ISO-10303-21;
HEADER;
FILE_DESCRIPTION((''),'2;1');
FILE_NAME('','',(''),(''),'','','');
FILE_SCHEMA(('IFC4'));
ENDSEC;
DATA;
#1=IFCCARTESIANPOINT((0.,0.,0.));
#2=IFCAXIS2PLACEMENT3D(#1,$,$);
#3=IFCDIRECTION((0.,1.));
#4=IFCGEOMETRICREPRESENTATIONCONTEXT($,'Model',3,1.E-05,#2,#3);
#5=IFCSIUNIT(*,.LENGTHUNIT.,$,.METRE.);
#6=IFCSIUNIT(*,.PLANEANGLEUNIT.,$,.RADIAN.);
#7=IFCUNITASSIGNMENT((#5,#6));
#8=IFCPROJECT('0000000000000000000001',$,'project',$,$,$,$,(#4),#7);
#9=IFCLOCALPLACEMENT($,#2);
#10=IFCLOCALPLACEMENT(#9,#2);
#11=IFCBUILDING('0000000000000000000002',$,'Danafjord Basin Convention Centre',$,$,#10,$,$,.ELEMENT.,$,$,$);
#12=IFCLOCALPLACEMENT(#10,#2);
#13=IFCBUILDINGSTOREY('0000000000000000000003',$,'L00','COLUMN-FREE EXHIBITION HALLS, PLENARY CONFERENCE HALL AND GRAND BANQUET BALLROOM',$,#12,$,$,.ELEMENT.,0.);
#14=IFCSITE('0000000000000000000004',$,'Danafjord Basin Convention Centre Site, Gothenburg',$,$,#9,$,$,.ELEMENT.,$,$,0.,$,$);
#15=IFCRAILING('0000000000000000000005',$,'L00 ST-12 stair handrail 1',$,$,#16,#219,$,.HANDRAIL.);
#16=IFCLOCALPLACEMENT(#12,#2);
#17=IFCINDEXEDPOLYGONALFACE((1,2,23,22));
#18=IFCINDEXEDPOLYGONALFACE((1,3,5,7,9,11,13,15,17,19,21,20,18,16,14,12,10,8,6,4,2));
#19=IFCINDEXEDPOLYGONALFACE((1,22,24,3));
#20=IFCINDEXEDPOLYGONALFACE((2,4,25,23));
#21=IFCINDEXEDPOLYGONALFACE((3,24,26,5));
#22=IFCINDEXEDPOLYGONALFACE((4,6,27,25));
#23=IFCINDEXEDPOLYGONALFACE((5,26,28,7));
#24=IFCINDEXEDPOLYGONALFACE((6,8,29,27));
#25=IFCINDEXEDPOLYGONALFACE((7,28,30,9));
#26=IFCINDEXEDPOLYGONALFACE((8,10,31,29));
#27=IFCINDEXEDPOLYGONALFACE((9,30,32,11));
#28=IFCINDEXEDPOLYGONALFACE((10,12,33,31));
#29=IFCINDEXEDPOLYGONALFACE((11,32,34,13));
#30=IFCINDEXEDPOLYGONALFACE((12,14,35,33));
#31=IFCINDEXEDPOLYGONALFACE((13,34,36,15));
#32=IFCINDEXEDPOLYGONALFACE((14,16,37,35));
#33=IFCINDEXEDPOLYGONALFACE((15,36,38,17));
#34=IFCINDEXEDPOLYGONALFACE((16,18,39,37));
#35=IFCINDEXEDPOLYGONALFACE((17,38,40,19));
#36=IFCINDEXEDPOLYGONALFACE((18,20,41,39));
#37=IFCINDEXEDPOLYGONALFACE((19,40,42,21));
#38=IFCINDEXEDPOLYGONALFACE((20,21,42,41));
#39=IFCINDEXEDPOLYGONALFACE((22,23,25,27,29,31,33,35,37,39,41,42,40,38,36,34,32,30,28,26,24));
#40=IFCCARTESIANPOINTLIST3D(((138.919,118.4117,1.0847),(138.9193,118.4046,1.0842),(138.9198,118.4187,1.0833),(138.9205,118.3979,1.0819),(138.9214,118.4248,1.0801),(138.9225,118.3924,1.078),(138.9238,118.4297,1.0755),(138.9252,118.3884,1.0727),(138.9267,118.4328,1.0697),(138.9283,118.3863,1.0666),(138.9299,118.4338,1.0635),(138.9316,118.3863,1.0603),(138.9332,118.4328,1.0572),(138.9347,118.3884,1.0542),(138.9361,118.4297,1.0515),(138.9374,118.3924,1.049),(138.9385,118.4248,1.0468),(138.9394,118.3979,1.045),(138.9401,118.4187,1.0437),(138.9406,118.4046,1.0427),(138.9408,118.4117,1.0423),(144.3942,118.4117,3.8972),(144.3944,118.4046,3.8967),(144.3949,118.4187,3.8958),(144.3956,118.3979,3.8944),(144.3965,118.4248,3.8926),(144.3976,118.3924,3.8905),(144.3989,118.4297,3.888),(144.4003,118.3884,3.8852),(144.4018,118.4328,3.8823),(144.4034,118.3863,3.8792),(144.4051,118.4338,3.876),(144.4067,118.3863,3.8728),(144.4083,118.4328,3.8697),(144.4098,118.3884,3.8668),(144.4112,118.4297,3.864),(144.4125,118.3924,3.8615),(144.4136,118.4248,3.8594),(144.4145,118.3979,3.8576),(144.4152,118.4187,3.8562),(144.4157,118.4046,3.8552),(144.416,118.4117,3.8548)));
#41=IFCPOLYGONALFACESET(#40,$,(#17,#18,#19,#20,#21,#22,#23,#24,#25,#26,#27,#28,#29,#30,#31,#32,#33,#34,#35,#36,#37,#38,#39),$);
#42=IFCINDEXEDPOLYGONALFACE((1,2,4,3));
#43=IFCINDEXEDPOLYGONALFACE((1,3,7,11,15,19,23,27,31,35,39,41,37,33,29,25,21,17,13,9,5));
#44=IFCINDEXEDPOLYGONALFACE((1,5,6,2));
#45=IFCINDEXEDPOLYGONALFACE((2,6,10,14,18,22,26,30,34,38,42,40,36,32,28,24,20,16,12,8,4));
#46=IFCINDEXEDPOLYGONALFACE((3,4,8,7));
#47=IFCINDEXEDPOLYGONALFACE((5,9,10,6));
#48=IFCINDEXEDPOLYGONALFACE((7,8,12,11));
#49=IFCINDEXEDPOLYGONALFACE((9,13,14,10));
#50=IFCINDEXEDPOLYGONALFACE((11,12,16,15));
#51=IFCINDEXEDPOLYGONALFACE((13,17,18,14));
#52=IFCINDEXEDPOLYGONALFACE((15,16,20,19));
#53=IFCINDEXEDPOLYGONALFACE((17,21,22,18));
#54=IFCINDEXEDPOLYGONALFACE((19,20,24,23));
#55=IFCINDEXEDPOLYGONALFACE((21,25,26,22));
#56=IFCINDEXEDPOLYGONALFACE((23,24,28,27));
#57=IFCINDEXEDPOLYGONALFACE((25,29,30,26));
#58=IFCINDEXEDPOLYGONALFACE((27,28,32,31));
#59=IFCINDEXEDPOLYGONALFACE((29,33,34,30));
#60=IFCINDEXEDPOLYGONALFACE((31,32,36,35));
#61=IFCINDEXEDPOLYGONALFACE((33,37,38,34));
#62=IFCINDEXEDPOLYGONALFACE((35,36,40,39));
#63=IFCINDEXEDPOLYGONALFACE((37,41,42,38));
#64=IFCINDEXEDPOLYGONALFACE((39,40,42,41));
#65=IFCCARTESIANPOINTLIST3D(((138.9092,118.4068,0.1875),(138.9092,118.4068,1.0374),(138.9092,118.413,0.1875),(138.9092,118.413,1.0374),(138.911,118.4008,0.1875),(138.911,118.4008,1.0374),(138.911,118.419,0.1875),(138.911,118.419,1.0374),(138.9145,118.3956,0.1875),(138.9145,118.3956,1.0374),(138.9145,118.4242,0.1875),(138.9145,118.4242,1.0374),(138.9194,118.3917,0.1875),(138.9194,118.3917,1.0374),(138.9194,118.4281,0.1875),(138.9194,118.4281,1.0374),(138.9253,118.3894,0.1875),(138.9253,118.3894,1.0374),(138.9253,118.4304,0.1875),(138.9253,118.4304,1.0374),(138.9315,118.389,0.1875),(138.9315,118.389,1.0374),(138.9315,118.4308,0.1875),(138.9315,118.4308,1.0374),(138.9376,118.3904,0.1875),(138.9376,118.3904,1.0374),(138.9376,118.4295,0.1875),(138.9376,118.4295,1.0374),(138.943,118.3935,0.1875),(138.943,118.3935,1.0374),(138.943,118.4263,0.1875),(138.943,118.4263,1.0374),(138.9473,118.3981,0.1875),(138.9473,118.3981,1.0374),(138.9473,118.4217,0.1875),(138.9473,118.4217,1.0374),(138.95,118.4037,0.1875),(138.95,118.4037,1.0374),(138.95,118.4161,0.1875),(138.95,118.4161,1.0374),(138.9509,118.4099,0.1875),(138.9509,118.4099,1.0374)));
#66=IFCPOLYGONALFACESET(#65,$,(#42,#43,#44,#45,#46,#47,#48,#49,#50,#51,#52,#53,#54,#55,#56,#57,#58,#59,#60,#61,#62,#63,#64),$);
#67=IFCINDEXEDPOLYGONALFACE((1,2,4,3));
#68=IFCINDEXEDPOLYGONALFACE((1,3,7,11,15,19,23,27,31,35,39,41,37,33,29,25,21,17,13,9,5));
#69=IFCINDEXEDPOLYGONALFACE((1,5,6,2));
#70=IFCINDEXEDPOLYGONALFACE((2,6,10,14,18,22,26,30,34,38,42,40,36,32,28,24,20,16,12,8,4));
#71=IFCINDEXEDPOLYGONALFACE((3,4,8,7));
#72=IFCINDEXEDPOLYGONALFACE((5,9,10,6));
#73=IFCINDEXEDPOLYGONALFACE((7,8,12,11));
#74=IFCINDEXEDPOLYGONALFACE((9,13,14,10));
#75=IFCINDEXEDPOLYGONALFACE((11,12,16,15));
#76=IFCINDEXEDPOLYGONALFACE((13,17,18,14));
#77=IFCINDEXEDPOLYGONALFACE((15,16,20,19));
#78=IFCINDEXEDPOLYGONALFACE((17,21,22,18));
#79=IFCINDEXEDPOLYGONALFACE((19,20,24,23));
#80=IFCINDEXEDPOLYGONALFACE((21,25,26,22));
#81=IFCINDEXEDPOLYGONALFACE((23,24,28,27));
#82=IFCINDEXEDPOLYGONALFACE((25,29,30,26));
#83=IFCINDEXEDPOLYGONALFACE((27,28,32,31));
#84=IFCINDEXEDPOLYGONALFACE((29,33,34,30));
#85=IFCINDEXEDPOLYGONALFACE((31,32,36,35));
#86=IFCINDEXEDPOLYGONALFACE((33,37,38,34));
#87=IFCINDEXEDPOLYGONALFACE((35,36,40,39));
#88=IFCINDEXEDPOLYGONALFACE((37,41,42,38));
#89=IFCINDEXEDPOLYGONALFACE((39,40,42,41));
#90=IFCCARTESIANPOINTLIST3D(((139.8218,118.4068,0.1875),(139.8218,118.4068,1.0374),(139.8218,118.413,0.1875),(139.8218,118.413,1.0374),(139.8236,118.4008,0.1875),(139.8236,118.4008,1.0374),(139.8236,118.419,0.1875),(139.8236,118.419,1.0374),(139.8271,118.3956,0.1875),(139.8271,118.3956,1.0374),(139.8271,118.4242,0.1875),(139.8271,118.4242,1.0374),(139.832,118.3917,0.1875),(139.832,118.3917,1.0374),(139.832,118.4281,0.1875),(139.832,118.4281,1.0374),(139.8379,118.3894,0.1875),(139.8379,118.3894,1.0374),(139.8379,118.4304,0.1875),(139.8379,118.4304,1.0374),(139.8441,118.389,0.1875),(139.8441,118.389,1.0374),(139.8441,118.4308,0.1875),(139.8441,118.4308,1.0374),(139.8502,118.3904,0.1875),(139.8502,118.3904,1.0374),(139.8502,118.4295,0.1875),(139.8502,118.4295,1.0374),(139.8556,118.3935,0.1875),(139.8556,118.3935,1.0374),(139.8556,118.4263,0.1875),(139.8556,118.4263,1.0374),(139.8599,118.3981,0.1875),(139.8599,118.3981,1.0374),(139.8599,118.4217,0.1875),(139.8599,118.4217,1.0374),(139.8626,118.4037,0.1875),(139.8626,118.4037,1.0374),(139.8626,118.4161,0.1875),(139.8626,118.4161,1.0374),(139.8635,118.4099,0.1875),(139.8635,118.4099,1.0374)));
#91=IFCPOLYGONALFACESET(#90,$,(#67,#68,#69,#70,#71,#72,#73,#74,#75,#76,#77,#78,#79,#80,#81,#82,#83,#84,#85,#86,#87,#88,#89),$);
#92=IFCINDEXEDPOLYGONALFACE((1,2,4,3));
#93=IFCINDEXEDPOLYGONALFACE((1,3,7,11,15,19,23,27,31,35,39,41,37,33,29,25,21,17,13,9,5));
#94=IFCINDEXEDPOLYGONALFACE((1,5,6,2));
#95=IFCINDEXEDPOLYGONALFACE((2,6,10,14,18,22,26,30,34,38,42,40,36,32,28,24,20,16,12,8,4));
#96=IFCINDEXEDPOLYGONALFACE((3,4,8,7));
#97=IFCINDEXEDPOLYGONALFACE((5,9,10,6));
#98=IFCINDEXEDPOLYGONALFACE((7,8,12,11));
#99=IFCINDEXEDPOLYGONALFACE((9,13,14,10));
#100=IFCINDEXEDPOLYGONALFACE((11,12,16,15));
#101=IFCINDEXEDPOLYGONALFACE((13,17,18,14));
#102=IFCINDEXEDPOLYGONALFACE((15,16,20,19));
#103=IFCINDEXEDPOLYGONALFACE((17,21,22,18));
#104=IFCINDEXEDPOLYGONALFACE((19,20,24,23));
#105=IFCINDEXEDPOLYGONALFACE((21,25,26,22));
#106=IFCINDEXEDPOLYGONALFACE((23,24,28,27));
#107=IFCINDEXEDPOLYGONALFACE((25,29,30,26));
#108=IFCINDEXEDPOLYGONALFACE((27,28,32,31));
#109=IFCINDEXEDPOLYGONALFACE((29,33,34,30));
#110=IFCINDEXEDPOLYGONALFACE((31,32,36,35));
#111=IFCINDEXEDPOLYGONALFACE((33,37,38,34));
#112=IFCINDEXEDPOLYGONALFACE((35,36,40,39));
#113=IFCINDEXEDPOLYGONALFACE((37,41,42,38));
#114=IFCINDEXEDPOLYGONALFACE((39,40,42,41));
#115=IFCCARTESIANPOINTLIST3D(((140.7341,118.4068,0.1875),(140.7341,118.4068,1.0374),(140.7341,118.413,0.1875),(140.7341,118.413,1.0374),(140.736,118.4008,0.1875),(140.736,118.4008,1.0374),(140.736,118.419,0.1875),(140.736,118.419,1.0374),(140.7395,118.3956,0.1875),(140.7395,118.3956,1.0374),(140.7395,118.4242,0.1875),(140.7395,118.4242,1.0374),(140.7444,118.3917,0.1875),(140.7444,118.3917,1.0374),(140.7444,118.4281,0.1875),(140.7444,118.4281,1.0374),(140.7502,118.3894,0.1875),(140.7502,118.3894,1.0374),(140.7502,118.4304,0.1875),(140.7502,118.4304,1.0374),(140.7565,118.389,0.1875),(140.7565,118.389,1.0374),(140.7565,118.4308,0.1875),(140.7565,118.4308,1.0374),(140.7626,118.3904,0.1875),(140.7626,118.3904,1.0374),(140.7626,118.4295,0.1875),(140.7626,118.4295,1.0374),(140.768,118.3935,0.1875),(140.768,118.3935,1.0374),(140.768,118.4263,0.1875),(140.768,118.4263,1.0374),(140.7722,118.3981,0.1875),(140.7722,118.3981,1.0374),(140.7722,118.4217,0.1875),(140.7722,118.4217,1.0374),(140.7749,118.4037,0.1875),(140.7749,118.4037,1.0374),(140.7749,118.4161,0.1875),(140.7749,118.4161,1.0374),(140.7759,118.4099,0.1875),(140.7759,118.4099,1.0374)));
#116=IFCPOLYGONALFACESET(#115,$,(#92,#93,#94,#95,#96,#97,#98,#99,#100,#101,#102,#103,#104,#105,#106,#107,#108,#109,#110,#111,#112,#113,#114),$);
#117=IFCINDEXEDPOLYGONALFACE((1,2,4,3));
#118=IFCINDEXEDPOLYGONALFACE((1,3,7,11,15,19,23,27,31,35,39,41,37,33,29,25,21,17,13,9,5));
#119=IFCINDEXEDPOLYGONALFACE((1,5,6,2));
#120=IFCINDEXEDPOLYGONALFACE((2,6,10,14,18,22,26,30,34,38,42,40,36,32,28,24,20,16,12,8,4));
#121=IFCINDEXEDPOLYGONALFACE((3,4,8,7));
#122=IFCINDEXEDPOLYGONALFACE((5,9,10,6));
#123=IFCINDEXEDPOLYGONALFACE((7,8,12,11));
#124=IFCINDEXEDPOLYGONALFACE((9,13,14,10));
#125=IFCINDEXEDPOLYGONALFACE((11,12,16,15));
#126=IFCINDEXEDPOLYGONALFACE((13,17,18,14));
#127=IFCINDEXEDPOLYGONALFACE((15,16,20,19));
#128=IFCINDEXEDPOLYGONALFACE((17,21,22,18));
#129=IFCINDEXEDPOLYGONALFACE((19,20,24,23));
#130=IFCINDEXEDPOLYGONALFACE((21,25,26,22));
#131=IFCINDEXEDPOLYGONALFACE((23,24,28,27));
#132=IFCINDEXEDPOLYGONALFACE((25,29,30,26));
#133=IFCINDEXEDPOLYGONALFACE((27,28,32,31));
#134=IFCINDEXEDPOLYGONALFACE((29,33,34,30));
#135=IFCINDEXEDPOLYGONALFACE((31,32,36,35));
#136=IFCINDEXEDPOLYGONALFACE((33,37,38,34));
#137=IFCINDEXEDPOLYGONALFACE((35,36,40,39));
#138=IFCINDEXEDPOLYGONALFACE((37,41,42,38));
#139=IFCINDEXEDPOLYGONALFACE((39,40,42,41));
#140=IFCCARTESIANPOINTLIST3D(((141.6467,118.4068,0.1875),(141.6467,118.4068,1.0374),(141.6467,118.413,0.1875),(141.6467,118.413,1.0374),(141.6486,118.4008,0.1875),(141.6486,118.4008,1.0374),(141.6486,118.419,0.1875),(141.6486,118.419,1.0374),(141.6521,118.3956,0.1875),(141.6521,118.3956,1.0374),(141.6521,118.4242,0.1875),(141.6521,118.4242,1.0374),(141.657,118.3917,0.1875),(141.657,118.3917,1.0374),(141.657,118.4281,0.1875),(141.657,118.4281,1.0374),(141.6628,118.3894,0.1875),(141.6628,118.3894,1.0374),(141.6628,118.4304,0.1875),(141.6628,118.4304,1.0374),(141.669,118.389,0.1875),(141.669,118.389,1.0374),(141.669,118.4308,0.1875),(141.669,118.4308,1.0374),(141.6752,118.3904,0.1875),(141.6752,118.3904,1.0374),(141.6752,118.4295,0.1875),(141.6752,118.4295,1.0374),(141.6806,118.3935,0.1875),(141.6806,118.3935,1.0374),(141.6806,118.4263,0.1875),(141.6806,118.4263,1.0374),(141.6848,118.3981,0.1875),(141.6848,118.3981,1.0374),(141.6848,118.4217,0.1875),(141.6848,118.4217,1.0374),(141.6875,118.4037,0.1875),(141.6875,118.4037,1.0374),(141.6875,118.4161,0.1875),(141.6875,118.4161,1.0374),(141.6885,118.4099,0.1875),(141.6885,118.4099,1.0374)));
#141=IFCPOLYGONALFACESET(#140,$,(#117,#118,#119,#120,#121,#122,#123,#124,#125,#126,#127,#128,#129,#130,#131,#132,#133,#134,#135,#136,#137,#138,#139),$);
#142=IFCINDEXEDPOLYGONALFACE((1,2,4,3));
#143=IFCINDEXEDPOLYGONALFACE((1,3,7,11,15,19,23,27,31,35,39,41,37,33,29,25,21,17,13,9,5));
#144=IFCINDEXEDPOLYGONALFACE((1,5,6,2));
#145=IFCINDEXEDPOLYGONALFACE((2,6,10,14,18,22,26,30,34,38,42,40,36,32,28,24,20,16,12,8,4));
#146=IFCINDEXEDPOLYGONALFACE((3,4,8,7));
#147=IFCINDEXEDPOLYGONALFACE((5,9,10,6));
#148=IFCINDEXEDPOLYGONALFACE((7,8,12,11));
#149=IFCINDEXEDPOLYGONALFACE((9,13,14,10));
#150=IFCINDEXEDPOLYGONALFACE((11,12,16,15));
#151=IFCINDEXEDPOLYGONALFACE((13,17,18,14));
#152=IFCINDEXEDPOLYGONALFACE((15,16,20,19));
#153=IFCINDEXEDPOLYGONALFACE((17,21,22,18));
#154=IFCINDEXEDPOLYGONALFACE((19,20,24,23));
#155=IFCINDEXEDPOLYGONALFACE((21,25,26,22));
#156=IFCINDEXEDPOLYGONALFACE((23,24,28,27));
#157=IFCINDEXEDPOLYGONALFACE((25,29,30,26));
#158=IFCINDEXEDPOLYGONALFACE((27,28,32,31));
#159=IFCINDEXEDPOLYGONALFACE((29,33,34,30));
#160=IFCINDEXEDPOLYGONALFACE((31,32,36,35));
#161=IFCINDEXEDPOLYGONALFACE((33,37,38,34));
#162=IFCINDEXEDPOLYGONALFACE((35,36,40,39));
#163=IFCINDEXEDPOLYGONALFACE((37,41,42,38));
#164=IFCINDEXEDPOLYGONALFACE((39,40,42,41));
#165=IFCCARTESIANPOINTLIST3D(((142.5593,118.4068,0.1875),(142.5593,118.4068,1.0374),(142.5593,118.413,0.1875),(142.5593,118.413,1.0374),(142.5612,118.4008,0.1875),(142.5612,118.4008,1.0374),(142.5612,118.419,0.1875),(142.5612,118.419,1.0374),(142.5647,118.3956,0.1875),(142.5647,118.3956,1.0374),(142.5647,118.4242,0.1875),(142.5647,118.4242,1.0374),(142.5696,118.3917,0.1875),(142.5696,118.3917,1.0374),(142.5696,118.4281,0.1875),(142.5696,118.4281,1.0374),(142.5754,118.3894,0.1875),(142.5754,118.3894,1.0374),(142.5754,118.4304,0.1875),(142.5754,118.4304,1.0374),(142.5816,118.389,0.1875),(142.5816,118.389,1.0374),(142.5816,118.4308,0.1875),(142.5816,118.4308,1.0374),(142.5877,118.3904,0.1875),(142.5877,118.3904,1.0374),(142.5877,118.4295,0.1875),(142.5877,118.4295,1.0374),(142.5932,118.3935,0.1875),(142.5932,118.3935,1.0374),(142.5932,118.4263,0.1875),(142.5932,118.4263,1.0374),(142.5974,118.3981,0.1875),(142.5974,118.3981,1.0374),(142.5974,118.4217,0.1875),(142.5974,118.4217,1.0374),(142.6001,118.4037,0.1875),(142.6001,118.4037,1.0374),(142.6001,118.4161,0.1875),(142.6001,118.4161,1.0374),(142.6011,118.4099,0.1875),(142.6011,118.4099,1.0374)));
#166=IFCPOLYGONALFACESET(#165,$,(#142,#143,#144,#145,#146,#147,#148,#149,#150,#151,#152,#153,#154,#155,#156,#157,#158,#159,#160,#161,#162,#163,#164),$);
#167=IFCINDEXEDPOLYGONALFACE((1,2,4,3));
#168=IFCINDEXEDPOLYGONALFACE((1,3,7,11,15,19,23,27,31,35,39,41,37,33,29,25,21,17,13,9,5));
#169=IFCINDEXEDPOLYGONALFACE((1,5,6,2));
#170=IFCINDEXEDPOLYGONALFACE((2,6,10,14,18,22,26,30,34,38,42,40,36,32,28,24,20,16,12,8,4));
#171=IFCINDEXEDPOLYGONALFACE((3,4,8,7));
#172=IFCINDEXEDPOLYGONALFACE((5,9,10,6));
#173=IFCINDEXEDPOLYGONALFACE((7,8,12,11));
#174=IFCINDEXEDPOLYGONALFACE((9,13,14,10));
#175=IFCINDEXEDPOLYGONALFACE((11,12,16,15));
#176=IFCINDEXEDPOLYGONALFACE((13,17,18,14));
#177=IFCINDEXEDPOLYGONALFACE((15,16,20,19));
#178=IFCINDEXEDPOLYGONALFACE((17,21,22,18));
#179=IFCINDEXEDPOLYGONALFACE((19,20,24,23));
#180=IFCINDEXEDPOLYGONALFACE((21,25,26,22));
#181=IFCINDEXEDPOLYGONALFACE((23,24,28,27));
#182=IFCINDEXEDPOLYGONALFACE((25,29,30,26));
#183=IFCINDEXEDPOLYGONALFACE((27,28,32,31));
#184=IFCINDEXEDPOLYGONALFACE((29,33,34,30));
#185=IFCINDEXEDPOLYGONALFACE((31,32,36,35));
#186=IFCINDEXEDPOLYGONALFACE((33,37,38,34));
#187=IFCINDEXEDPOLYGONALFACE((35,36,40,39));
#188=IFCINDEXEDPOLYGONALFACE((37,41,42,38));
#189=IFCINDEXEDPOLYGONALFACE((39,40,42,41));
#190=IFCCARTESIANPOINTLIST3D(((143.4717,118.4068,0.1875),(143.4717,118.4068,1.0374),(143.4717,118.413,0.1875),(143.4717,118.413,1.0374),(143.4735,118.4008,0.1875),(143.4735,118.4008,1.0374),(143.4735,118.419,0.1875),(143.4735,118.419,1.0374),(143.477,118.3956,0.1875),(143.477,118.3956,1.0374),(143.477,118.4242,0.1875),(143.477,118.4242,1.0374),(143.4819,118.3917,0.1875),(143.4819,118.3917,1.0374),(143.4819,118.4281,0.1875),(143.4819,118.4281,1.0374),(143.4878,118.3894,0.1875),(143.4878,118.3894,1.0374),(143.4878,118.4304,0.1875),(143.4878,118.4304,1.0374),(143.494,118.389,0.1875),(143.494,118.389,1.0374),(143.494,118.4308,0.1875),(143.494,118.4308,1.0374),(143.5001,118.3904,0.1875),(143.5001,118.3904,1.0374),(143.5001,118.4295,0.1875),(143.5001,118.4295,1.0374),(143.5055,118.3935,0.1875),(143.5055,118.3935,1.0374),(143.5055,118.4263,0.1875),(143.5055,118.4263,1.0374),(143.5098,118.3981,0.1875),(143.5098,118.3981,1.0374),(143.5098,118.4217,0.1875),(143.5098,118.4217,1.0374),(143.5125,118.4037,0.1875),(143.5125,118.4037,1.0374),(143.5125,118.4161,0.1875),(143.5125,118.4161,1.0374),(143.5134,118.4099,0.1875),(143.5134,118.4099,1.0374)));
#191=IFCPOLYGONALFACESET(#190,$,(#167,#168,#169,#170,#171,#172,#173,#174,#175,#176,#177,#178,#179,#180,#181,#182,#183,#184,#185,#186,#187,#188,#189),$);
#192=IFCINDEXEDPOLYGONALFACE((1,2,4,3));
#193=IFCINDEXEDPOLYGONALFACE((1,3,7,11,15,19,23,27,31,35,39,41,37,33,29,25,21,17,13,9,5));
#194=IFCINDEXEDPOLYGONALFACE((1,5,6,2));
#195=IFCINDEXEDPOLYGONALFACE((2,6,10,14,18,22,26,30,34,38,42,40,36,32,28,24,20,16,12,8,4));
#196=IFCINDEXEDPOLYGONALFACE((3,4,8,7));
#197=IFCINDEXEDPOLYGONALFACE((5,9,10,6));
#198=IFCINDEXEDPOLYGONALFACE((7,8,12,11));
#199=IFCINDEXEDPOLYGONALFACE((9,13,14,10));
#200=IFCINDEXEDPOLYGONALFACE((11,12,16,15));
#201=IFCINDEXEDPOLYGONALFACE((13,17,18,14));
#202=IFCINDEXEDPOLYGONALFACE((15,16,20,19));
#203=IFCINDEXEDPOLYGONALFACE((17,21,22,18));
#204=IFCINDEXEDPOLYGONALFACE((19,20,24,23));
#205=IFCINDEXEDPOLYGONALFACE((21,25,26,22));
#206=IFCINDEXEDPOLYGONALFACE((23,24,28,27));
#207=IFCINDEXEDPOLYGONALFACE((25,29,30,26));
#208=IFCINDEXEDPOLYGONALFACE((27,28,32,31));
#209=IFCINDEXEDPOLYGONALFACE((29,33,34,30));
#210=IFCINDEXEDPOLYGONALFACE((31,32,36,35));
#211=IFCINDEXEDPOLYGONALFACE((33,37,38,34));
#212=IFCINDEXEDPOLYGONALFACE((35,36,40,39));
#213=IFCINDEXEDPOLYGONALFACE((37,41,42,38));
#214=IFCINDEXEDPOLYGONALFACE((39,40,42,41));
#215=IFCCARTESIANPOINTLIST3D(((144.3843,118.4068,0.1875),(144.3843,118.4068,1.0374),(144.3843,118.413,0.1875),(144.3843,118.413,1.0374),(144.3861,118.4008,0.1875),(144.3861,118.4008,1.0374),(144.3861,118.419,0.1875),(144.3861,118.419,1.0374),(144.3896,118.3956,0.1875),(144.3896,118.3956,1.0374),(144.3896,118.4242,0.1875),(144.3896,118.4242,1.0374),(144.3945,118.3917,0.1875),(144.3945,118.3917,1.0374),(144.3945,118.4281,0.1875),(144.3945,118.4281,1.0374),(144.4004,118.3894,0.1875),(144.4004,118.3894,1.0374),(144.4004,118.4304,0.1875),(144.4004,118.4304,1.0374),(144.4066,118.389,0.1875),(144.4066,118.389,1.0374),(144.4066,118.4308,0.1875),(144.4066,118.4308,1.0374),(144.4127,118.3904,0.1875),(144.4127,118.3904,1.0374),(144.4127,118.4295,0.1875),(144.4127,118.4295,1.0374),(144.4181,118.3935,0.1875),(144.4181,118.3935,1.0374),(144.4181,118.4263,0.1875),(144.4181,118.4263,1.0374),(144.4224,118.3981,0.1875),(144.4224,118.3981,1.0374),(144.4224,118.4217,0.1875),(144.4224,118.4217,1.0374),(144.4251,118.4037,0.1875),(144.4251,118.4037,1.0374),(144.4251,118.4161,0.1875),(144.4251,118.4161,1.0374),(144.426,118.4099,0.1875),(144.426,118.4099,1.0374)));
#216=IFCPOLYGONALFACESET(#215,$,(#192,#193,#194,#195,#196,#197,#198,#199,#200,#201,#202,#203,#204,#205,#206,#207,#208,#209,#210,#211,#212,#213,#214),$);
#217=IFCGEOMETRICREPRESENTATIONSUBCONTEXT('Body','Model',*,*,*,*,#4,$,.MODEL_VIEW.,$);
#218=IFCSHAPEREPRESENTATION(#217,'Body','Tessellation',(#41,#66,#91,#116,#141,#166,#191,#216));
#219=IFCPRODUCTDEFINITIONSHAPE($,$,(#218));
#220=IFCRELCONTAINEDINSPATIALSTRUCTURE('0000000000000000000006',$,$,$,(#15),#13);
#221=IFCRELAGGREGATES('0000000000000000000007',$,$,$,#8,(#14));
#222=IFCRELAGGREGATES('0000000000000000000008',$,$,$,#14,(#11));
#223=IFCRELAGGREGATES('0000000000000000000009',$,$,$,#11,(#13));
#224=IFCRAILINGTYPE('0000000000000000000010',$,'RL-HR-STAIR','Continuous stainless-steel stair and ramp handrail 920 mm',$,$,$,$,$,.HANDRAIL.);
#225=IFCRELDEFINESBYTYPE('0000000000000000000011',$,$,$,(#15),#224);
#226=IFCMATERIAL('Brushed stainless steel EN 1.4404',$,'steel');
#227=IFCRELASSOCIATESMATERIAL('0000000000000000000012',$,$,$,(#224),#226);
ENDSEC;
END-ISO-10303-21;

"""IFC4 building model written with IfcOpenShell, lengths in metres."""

from ifc_helpers import new_model, si_unit, direction, frame, origin, origin_2d, place, context, subcontext, project, spatial, circle, extrude, material, type_object, element, save


model = new_model("IFC4")

# Units and contexts
model_context = context("Model", 3, precision=1e-05, world=origin(), true_north=direction((0.0, 1.0)))
body_context = subcontext(model_context, "Body", "Model", "MODEL_VIEW")
ifc_project = project(units=[si_unit("LENGTHUNIT", "METRE"), si_unit("PLANEANGLEUNIT", "RADIAN")], contexts=[model_context])

# Site, building, storey
site_placement = place(None, origin())
site = spatial("IfcSite", under=ifc_project, at=site_placement, Name="Danafjord Basin Convention Centre Site, Gothenburg", CompositionType="ELEMENT", RefElevation=0.0)
building_placement = place(site_placement, origin())
building = spatial("IfcBuilding", under=site, at=building_placement, Name="Danafjord Basin Convention Centre", CompositionType="ELEMENT")
storey_placement = place(building_placement, origin())
storey = spatial("IfcBuildingStorey", under=building, at=storey_placement, Name="L00", Description="COLUMN-FREE EXHIBITION HALLS, PLENARY CONFERENCE HALL AND GRAND BANQUET BALLROOM", CompositionType="ELEMENT", Elevation=0.0)

# Railing
ifc_material_1 = material(Name="Brushed stainless steel EN 1.4404", Category="steel")
railing_type_1 = type_object("IfcRailingType", Name="RL-HR-STAIR", Description="Continuous stainless-steel stair and ramp handrail 920 mm", PredefinedType="HANDRAIL", material=ifc_material_1)
railing_1_placement = place(storey_placement, frame((138.9299, 118.4099, 0.1875)))
element("IfcRailing", 1, at=railing_1_placement, inside=storey, type_object=railing_type_1, Name="L00 ST-12 stair handrail 1", PredefinedType="HANDRAIL", context=body_context, shape_type="SweptSolid", body=[
    extrude(circle(Radius=0.0239, at=origin_2d()), frame((0.0, 0.0, 0.876), z_axis=(0.889503, 0.0, 0.456929), x_axis=(0.0, 1.0, 0.0)), (0.0, 0.0, 1.0), 6.1553),
    extrude(circle(Radius=0.021, at=origin_2d()), origin(), (0.0, 0.0, 1.0), 0.8499),
    extrude(circle(Radius=0.021, at=origin_2d()), frame((0.9126, 0.0, 0.0)), (0.0, 0.0, 1.0), 0.8499),
    extrude(circle(Radius=0.021, at=origin_2d()), frame((1.825, 0.0, 0.0)), (0.0, 0.0, 1.0), 0.8499),
    extrude(circle(Radius=0.021, at=origin_2d()), frame((2.7375, 0.0, 0.0)), (0.0, 0.0, 1.0), 0.8499),
    extrude(circle(Radius=0.021, at=origin_2d()), frame((3.6501, 0.0, 0.0)), (0.0, 0.0, 1.0), 0.8499),
    extrude(circle(Radius=0.021, at=origin_2d()), frame((4.5625, 0.0, 0.0)), (0.0, 0.0, 1.0), 0.8499),
    extrude(circle(Radius=0.021, at=origin_2d()), frame((5.4751, 0.0, 0.0)), (0.0, 0.0, 1.0), 0.8499),
])

save(model, "model.ifc")
